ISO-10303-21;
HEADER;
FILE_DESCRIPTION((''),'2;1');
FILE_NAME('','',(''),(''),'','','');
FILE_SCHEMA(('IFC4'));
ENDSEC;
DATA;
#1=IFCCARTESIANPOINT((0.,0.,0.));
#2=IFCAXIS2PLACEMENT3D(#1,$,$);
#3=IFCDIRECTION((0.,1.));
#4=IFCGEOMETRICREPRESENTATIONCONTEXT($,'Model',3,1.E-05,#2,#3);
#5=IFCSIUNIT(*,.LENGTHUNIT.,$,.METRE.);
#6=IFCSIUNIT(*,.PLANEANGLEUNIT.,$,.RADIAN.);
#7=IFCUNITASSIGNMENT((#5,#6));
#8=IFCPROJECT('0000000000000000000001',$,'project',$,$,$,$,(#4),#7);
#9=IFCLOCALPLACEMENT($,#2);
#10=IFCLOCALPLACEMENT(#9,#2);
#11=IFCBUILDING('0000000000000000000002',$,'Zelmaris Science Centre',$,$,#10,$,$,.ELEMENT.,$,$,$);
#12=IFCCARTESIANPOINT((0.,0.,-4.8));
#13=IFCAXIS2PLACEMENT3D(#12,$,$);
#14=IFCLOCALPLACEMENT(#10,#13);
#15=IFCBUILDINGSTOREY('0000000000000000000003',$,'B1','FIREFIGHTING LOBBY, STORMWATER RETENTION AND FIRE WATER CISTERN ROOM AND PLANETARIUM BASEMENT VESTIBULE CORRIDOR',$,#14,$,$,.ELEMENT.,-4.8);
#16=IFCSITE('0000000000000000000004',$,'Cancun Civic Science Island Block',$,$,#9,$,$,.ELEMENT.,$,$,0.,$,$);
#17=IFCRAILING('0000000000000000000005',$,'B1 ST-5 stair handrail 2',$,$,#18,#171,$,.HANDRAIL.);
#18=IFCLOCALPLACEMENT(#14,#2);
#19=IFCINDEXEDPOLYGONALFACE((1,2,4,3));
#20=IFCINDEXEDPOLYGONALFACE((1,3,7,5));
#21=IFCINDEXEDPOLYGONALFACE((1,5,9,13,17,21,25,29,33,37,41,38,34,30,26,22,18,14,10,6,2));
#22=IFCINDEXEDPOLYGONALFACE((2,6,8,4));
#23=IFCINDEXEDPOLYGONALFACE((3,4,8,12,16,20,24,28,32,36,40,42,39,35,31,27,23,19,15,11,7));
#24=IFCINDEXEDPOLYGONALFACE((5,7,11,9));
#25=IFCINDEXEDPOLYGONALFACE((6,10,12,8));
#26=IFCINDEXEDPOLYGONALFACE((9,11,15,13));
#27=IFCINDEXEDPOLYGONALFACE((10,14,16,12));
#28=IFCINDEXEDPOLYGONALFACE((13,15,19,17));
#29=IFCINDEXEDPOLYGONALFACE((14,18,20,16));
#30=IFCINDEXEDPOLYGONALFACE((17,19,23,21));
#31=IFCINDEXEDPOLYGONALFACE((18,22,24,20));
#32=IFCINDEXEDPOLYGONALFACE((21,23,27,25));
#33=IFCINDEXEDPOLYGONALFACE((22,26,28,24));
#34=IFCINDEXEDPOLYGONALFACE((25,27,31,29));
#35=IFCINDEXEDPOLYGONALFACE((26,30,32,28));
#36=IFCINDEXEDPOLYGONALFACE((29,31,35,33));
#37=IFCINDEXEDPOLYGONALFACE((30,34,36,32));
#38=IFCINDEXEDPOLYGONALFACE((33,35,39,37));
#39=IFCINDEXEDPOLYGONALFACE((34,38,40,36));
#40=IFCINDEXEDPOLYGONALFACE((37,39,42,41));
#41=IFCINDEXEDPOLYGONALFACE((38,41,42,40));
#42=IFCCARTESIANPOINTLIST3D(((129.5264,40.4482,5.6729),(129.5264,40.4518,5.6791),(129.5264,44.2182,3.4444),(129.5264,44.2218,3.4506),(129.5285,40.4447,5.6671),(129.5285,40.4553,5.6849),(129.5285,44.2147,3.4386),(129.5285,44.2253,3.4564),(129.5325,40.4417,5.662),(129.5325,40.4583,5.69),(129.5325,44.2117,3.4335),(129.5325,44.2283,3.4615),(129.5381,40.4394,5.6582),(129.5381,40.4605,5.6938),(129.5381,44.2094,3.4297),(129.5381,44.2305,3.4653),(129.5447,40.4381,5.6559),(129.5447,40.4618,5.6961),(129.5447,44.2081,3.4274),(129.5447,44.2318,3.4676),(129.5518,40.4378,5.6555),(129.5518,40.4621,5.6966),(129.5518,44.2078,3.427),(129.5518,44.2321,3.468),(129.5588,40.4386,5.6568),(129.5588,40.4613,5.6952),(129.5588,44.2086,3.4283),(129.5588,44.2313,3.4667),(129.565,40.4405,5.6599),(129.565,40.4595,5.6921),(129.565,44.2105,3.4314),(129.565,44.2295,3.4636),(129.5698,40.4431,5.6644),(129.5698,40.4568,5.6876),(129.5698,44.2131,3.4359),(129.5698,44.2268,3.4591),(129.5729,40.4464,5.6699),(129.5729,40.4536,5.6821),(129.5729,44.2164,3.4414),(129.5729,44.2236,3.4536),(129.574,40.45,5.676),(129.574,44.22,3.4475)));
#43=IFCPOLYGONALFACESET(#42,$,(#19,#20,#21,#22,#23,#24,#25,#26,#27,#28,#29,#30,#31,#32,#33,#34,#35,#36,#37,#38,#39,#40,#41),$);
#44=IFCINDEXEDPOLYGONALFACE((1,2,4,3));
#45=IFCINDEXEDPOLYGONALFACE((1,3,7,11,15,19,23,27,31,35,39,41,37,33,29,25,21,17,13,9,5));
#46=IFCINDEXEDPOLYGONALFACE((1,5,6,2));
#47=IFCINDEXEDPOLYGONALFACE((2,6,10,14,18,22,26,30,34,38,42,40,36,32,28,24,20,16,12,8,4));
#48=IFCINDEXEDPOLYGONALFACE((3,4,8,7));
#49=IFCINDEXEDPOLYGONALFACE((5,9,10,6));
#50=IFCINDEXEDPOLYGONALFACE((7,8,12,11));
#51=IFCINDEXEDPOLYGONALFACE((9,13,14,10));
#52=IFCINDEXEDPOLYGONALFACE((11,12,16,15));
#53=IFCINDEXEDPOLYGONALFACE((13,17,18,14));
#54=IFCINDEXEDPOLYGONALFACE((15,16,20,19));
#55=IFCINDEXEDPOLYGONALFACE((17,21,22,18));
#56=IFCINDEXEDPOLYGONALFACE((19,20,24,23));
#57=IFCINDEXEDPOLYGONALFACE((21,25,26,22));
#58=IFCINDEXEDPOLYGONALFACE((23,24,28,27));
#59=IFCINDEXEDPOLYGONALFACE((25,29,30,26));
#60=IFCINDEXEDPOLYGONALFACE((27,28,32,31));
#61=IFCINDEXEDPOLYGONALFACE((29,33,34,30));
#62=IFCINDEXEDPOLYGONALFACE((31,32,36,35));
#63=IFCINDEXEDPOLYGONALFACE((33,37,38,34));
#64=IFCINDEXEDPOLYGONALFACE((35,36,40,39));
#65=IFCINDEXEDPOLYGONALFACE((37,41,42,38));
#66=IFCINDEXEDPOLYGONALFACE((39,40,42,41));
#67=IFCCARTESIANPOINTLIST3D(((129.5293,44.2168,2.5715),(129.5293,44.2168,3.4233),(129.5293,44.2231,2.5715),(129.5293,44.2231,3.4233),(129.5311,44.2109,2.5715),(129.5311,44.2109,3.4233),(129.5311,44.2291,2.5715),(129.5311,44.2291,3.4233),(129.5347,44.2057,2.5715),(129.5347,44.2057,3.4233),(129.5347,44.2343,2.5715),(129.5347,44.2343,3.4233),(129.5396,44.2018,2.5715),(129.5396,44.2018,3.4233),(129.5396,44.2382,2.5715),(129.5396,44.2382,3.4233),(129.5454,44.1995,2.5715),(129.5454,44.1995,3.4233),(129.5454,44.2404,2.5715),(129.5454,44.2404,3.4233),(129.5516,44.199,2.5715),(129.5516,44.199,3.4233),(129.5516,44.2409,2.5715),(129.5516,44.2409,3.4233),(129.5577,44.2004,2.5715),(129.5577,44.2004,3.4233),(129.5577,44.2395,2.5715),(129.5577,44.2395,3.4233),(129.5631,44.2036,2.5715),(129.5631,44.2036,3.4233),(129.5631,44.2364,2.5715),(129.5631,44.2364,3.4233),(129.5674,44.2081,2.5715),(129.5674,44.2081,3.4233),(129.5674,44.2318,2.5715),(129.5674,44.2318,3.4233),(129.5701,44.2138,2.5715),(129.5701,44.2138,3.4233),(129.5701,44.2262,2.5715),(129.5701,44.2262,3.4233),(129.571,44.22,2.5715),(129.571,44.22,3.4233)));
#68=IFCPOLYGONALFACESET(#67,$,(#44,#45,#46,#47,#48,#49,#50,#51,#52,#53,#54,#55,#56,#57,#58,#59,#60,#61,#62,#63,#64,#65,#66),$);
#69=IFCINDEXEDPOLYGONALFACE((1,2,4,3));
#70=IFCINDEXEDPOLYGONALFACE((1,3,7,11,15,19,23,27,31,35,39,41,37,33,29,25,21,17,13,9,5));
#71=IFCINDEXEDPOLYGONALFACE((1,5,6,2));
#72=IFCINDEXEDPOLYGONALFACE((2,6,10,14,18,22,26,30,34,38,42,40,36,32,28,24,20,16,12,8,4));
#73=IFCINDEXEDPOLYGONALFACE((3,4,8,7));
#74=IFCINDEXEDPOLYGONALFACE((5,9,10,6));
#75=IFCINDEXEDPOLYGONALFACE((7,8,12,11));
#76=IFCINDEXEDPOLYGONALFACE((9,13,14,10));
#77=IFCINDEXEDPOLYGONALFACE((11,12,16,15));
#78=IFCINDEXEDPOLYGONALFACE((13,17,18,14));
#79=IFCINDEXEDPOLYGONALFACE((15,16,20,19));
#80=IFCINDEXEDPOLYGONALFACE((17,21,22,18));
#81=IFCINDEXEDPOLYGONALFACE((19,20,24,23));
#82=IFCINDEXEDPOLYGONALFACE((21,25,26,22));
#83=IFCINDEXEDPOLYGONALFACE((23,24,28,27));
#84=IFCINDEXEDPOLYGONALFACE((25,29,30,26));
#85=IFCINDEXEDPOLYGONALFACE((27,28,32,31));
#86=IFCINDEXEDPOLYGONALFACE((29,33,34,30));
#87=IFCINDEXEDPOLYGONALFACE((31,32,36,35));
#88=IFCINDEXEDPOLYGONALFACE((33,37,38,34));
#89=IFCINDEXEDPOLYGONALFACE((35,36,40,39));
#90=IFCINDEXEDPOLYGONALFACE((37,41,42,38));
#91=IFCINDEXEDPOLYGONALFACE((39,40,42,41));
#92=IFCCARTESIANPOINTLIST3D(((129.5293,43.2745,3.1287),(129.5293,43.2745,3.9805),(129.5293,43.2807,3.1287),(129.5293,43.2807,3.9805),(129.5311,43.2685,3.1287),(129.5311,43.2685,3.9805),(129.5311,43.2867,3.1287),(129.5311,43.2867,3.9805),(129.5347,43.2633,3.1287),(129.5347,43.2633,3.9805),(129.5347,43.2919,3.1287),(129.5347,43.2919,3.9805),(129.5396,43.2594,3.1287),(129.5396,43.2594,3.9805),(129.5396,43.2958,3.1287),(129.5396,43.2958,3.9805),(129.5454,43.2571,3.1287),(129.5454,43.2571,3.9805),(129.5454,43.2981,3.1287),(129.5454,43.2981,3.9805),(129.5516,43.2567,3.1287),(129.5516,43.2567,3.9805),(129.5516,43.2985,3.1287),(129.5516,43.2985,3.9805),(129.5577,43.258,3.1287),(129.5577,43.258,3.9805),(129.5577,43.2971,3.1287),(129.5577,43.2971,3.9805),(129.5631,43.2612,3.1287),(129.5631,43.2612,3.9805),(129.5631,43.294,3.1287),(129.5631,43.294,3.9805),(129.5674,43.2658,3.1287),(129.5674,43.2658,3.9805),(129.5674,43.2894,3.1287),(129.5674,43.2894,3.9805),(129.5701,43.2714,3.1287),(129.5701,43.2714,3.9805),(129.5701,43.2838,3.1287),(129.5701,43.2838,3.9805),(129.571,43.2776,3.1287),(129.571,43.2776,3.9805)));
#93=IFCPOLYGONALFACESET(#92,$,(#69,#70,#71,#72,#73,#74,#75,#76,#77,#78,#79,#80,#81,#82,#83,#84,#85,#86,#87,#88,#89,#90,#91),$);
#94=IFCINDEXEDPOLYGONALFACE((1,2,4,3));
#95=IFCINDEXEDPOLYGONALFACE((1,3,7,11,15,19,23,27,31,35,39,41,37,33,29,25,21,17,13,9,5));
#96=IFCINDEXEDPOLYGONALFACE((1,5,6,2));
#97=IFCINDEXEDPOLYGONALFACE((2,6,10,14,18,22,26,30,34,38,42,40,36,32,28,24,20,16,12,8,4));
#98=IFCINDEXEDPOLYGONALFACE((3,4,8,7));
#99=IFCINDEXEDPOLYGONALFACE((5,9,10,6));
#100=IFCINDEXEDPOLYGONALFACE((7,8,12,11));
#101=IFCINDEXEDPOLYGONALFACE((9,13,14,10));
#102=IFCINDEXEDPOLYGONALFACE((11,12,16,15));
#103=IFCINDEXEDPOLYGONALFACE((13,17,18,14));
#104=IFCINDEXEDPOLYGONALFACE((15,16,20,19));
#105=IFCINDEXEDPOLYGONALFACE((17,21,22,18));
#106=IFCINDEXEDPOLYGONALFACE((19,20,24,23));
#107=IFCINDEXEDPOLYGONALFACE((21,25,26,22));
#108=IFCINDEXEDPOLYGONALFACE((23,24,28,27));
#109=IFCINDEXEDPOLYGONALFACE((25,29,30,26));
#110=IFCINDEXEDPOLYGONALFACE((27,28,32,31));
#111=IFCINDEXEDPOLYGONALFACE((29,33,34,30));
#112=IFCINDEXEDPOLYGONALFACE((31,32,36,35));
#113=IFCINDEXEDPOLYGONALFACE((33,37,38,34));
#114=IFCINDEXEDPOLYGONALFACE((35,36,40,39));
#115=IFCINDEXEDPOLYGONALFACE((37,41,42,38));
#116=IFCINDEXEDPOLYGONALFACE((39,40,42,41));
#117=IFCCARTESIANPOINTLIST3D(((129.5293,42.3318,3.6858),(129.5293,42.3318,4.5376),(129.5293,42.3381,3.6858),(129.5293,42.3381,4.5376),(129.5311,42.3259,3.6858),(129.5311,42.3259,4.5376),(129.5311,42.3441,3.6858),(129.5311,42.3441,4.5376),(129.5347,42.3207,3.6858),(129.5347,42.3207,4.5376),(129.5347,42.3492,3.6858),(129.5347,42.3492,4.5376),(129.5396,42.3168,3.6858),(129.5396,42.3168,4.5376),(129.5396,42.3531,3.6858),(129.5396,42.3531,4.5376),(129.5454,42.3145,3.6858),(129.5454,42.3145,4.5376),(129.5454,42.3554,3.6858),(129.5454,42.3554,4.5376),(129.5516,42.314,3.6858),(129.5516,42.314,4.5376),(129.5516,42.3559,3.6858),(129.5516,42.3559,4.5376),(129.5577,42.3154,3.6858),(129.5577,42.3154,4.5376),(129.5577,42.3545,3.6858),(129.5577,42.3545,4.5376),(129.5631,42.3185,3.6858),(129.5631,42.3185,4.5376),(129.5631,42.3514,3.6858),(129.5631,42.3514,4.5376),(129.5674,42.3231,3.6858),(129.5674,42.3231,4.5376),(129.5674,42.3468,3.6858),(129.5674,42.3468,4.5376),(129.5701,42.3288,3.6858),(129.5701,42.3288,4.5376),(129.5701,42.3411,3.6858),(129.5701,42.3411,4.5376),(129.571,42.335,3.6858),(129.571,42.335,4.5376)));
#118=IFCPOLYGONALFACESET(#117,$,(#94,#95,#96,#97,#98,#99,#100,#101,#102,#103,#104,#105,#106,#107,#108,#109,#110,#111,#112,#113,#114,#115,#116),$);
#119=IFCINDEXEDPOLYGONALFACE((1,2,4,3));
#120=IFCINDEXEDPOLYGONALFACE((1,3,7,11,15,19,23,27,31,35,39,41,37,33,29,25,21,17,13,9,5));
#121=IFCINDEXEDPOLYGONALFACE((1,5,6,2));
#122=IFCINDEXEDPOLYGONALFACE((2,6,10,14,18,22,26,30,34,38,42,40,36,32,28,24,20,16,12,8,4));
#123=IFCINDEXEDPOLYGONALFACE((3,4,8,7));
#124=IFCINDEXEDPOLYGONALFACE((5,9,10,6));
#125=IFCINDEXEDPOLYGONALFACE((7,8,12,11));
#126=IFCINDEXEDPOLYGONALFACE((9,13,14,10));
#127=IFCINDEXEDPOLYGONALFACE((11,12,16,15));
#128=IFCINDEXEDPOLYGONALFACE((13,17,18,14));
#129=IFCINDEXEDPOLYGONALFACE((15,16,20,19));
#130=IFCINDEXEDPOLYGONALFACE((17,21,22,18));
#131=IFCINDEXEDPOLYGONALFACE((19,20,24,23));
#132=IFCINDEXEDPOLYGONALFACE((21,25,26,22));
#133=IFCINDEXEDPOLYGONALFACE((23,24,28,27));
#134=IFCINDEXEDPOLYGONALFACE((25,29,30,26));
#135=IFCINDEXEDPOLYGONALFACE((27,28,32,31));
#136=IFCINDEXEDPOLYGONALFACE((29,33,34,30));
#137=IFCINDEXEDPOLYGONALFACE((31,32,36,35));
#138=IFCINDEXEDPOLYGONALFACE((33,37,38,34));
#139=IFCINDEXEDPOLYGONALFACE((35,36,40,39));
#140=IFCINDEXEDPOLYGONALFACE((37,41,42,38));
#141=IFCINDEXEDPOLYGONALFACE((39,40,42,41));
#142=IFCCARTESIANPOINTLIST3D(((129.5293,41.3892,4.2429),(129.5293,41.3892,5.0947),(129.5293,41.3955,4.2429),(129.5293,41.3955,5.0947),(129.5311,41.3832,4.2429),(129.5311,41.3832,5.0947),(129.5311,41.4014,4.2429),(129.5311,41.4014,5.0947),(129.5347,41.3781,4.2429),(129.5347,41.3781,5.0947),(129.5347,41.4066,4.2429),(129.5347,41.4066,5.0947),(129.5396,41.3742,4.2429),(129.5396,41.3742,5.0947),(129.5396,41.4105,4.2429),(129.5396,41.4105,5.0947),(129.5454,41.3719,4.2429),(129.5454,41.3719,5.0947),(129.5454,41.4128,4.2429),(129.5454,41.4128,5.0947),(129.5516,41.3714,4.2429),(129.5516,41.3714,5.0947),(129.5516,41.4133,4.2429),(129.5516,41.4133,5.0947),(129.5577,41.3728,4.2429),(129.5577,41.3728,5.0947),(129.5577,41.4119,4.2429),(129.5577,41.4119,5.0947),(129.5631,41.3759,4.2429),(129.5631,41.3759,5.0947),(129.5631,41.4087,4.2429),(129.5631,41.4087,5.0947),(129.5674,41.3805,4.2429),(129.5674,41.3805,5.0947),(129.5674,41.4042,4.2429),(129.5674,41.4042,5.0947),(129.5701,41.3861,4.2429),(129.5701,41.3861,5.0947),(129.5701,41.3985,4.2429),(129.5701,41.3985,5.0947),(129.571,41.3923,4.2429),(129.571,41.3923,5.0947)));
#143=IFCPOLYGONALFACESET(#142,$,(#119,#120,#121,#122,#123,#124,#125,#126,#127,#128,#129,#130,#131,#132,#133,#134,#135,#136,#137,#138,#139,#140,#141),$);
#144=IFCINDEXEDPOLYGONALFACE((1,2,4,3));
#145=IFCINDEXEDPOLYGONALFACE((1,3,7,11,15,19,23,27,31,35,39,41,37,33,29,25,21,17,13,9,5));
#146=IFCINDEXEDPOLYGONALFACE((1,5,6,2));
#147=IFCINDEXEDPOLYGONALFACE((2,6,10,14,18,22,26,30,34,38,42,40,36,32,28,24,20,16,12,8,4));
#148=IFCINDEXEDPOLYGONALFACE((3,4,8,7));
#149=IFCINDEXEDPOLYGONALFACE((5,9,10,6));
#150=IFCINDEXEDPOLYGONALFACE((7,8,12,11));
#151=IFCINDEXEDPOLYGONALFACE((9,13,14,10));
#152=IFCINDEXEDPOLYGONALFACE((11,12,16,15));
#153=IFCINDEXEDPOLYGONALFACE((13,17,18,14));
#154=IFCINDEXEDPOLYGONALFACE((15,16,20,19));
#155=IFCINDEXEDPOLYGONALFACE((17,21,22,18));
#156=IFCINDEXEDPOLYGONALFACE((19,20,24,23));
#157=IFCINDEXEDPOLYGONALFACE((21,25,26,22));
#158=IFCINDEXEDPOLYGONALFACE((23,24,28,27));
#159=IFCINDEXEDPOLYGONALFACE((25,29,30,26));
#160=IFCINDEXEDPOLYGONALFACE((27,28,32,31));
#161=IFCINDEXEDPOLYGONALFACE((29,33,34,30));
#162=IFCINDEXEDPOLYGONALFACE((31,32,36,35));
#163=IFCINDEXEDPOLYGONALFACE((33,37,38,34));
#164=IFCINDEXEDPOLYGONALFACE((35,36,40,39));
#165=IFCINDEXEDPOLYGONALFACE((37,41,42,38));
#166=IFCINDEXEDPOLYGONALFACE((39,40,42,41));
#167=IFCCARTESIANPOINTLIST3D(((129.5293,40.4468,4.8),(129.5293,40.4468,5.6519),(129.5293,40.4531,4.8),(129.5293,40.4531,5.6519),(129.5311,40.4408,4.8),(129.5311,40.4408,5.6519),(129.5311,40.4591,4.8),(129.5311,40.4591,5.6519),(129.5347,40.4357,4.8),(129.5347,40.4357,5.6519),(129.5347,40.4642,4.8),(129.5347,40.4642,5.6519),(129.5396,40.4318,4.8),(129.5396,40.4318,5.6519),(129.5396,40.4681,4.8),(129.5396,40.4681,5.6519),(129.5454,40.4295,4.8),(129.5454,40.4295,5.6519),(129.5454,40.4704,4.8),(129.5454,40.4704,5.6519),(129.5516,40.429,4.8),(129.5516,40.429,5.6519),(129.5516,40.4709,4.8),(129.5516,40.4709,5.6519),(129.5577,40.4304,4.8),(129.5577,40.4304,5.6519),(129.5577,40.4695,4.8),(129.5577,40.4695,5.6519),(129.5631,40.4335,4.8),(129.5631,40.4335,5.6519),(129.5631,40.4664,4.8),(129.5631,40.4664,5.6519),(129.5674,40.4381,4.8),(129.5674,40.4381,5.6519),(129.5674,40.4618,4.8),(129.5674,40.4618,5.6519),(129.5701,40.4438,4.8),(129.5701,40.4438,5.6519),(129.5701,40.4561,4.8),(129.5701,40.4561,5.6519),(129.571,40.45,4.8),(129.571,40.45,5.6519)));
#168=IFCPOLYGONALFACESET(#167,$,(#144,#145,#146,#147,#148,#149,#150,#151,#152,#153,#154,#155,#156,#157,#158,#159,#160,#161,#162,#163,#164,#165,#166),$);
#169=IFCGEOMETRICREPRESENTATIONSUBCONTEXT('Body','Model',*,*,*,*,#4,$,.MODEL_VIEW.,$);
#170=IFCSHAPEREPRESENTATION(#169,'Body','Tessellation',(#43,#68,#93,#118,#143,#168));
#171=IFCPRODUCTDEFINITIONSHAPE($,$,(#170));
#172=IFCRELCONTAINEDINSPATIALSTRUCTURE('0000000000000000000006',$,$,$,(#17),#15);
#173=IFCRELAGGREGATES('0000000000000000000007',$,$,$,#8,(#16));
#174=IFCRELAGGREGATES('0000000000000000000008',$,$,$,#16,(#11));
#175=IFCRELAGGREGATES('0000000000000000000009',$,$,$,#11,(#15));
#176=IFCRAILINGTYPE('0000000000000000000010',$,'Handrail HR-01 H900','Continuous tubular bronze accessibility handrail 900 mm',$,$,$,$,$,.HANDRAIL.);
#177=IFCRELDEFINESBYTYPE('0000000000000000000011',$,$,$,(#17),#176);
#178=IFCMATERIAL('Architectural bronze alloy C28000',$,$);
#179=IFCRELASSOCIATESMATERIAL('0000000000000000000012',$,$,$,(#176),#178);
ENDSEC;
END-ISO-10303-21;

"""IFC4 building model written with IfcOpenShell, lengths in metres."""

from ifc_helpers import new_model, si_unit, direction, frame, origin, origin_2d, place, context, subcontext, project, spatial, circle, extrude, material, type_object, element, save


model = new_model("IFC4")

# Units and contexts
model_context = context("Model", 3, precision=1e-05, world=origin(), true_north=direction((0.0, 1.0)))
body_context = subcontext(model_context, "Body", "Model", "MODEL_VIEW")
ifc_project = project(units=[si_unit("LENGTHUNIT", "METRE"), si_unit("PLANEANGLEUNIT", "RADIAN")], contexts=[model_context])

# Site, building, storey
site_placement = place(None, origin())
site = spatial("IfcSite", under=ifc_project, at=site_placement, Name="Cancun Civic Science Island Block", CompositionType="ELEMENT", RefElevation=0.0)
building_placement = place(site_placement, origin())
building = spatial("IfcBuilding", under=site, at=building_placement, Name="Zelmaris Science Centre", CompositionType="ELEMENT")
storey_placement = place(building_placement, frame((0.0, 0.0, -4.8)))
storey = spatial("IfcBuildingStorey", under=building, at=storey_placement, Name="B1", Description="FIREFIGHTING LOBBY, STORMWATER RETENTION AND FIRE WATER CISTERN ROOM AND PLANETARIUM BASEMENT VESTIBULE CORRIDOR", CompositionType="ELEMENT", Elevation=-4.8)

# Railing
ifc_material_1 = material(Name="Architectural bronze alloy C28000")
railing_type_1 = type_object("IfcRailingType", Name="Handrail HR-01 H900", Description="Continuous tubular bronze accessibility handrail 900 mm", PredefinedType="HANDRAIL", material=ifc_material_1)
railing_1_placement = place(storey_placement, frame((129.55, 44.22, 2.5715)))
element("IfcRailing", 1, at=railing_1_placement, inside=storey, type_object=railing_type_1, Name="B1 ST-5 stair handrail 2", PredefinedType="HANDRAIL", context=body_context, shape_type="SweptSolid", body=[
    extrude(circle(Radius=0.0239, at=origin_2d()), frame((0.0, 0.0, 0.876), z_axis=(0.0, -0.860849, 0.508861), x_axis=(1.0, 0.0, 0.0)), (0.0, 0.0, 1.0), 4.3794),
    extrude(circle(Radius=0.021, at=origin_2d()), origin(), (0.0, 0.0, 1.0), 0.8518),
    extrude(circle(Radius=0.021, at=origin_2d()), frame((0.0, -0.9424, 0.5571)), (0.0, 0.0, 1.0), 0.8518),
    extrude(circle(Radius=0.021, at=origin_2d()), frame((0.0, -1.885, 1.1143)), (0.0, 0.0, 1.0), 0.8518),
    extrude(circle(Radius=0.021, at=origin_2d()), frame((0.0, -2.8276, 1.6714)), (0.0, 0.0, 1.0), 0.8518),
    extrude(circle(Radius=0.021, at=origin_2d()), frame((0.0, -3.77, 2.2285)), (0.0, 0.0, 1.0), 0.8518),
])

save(model, "model.ifc")
